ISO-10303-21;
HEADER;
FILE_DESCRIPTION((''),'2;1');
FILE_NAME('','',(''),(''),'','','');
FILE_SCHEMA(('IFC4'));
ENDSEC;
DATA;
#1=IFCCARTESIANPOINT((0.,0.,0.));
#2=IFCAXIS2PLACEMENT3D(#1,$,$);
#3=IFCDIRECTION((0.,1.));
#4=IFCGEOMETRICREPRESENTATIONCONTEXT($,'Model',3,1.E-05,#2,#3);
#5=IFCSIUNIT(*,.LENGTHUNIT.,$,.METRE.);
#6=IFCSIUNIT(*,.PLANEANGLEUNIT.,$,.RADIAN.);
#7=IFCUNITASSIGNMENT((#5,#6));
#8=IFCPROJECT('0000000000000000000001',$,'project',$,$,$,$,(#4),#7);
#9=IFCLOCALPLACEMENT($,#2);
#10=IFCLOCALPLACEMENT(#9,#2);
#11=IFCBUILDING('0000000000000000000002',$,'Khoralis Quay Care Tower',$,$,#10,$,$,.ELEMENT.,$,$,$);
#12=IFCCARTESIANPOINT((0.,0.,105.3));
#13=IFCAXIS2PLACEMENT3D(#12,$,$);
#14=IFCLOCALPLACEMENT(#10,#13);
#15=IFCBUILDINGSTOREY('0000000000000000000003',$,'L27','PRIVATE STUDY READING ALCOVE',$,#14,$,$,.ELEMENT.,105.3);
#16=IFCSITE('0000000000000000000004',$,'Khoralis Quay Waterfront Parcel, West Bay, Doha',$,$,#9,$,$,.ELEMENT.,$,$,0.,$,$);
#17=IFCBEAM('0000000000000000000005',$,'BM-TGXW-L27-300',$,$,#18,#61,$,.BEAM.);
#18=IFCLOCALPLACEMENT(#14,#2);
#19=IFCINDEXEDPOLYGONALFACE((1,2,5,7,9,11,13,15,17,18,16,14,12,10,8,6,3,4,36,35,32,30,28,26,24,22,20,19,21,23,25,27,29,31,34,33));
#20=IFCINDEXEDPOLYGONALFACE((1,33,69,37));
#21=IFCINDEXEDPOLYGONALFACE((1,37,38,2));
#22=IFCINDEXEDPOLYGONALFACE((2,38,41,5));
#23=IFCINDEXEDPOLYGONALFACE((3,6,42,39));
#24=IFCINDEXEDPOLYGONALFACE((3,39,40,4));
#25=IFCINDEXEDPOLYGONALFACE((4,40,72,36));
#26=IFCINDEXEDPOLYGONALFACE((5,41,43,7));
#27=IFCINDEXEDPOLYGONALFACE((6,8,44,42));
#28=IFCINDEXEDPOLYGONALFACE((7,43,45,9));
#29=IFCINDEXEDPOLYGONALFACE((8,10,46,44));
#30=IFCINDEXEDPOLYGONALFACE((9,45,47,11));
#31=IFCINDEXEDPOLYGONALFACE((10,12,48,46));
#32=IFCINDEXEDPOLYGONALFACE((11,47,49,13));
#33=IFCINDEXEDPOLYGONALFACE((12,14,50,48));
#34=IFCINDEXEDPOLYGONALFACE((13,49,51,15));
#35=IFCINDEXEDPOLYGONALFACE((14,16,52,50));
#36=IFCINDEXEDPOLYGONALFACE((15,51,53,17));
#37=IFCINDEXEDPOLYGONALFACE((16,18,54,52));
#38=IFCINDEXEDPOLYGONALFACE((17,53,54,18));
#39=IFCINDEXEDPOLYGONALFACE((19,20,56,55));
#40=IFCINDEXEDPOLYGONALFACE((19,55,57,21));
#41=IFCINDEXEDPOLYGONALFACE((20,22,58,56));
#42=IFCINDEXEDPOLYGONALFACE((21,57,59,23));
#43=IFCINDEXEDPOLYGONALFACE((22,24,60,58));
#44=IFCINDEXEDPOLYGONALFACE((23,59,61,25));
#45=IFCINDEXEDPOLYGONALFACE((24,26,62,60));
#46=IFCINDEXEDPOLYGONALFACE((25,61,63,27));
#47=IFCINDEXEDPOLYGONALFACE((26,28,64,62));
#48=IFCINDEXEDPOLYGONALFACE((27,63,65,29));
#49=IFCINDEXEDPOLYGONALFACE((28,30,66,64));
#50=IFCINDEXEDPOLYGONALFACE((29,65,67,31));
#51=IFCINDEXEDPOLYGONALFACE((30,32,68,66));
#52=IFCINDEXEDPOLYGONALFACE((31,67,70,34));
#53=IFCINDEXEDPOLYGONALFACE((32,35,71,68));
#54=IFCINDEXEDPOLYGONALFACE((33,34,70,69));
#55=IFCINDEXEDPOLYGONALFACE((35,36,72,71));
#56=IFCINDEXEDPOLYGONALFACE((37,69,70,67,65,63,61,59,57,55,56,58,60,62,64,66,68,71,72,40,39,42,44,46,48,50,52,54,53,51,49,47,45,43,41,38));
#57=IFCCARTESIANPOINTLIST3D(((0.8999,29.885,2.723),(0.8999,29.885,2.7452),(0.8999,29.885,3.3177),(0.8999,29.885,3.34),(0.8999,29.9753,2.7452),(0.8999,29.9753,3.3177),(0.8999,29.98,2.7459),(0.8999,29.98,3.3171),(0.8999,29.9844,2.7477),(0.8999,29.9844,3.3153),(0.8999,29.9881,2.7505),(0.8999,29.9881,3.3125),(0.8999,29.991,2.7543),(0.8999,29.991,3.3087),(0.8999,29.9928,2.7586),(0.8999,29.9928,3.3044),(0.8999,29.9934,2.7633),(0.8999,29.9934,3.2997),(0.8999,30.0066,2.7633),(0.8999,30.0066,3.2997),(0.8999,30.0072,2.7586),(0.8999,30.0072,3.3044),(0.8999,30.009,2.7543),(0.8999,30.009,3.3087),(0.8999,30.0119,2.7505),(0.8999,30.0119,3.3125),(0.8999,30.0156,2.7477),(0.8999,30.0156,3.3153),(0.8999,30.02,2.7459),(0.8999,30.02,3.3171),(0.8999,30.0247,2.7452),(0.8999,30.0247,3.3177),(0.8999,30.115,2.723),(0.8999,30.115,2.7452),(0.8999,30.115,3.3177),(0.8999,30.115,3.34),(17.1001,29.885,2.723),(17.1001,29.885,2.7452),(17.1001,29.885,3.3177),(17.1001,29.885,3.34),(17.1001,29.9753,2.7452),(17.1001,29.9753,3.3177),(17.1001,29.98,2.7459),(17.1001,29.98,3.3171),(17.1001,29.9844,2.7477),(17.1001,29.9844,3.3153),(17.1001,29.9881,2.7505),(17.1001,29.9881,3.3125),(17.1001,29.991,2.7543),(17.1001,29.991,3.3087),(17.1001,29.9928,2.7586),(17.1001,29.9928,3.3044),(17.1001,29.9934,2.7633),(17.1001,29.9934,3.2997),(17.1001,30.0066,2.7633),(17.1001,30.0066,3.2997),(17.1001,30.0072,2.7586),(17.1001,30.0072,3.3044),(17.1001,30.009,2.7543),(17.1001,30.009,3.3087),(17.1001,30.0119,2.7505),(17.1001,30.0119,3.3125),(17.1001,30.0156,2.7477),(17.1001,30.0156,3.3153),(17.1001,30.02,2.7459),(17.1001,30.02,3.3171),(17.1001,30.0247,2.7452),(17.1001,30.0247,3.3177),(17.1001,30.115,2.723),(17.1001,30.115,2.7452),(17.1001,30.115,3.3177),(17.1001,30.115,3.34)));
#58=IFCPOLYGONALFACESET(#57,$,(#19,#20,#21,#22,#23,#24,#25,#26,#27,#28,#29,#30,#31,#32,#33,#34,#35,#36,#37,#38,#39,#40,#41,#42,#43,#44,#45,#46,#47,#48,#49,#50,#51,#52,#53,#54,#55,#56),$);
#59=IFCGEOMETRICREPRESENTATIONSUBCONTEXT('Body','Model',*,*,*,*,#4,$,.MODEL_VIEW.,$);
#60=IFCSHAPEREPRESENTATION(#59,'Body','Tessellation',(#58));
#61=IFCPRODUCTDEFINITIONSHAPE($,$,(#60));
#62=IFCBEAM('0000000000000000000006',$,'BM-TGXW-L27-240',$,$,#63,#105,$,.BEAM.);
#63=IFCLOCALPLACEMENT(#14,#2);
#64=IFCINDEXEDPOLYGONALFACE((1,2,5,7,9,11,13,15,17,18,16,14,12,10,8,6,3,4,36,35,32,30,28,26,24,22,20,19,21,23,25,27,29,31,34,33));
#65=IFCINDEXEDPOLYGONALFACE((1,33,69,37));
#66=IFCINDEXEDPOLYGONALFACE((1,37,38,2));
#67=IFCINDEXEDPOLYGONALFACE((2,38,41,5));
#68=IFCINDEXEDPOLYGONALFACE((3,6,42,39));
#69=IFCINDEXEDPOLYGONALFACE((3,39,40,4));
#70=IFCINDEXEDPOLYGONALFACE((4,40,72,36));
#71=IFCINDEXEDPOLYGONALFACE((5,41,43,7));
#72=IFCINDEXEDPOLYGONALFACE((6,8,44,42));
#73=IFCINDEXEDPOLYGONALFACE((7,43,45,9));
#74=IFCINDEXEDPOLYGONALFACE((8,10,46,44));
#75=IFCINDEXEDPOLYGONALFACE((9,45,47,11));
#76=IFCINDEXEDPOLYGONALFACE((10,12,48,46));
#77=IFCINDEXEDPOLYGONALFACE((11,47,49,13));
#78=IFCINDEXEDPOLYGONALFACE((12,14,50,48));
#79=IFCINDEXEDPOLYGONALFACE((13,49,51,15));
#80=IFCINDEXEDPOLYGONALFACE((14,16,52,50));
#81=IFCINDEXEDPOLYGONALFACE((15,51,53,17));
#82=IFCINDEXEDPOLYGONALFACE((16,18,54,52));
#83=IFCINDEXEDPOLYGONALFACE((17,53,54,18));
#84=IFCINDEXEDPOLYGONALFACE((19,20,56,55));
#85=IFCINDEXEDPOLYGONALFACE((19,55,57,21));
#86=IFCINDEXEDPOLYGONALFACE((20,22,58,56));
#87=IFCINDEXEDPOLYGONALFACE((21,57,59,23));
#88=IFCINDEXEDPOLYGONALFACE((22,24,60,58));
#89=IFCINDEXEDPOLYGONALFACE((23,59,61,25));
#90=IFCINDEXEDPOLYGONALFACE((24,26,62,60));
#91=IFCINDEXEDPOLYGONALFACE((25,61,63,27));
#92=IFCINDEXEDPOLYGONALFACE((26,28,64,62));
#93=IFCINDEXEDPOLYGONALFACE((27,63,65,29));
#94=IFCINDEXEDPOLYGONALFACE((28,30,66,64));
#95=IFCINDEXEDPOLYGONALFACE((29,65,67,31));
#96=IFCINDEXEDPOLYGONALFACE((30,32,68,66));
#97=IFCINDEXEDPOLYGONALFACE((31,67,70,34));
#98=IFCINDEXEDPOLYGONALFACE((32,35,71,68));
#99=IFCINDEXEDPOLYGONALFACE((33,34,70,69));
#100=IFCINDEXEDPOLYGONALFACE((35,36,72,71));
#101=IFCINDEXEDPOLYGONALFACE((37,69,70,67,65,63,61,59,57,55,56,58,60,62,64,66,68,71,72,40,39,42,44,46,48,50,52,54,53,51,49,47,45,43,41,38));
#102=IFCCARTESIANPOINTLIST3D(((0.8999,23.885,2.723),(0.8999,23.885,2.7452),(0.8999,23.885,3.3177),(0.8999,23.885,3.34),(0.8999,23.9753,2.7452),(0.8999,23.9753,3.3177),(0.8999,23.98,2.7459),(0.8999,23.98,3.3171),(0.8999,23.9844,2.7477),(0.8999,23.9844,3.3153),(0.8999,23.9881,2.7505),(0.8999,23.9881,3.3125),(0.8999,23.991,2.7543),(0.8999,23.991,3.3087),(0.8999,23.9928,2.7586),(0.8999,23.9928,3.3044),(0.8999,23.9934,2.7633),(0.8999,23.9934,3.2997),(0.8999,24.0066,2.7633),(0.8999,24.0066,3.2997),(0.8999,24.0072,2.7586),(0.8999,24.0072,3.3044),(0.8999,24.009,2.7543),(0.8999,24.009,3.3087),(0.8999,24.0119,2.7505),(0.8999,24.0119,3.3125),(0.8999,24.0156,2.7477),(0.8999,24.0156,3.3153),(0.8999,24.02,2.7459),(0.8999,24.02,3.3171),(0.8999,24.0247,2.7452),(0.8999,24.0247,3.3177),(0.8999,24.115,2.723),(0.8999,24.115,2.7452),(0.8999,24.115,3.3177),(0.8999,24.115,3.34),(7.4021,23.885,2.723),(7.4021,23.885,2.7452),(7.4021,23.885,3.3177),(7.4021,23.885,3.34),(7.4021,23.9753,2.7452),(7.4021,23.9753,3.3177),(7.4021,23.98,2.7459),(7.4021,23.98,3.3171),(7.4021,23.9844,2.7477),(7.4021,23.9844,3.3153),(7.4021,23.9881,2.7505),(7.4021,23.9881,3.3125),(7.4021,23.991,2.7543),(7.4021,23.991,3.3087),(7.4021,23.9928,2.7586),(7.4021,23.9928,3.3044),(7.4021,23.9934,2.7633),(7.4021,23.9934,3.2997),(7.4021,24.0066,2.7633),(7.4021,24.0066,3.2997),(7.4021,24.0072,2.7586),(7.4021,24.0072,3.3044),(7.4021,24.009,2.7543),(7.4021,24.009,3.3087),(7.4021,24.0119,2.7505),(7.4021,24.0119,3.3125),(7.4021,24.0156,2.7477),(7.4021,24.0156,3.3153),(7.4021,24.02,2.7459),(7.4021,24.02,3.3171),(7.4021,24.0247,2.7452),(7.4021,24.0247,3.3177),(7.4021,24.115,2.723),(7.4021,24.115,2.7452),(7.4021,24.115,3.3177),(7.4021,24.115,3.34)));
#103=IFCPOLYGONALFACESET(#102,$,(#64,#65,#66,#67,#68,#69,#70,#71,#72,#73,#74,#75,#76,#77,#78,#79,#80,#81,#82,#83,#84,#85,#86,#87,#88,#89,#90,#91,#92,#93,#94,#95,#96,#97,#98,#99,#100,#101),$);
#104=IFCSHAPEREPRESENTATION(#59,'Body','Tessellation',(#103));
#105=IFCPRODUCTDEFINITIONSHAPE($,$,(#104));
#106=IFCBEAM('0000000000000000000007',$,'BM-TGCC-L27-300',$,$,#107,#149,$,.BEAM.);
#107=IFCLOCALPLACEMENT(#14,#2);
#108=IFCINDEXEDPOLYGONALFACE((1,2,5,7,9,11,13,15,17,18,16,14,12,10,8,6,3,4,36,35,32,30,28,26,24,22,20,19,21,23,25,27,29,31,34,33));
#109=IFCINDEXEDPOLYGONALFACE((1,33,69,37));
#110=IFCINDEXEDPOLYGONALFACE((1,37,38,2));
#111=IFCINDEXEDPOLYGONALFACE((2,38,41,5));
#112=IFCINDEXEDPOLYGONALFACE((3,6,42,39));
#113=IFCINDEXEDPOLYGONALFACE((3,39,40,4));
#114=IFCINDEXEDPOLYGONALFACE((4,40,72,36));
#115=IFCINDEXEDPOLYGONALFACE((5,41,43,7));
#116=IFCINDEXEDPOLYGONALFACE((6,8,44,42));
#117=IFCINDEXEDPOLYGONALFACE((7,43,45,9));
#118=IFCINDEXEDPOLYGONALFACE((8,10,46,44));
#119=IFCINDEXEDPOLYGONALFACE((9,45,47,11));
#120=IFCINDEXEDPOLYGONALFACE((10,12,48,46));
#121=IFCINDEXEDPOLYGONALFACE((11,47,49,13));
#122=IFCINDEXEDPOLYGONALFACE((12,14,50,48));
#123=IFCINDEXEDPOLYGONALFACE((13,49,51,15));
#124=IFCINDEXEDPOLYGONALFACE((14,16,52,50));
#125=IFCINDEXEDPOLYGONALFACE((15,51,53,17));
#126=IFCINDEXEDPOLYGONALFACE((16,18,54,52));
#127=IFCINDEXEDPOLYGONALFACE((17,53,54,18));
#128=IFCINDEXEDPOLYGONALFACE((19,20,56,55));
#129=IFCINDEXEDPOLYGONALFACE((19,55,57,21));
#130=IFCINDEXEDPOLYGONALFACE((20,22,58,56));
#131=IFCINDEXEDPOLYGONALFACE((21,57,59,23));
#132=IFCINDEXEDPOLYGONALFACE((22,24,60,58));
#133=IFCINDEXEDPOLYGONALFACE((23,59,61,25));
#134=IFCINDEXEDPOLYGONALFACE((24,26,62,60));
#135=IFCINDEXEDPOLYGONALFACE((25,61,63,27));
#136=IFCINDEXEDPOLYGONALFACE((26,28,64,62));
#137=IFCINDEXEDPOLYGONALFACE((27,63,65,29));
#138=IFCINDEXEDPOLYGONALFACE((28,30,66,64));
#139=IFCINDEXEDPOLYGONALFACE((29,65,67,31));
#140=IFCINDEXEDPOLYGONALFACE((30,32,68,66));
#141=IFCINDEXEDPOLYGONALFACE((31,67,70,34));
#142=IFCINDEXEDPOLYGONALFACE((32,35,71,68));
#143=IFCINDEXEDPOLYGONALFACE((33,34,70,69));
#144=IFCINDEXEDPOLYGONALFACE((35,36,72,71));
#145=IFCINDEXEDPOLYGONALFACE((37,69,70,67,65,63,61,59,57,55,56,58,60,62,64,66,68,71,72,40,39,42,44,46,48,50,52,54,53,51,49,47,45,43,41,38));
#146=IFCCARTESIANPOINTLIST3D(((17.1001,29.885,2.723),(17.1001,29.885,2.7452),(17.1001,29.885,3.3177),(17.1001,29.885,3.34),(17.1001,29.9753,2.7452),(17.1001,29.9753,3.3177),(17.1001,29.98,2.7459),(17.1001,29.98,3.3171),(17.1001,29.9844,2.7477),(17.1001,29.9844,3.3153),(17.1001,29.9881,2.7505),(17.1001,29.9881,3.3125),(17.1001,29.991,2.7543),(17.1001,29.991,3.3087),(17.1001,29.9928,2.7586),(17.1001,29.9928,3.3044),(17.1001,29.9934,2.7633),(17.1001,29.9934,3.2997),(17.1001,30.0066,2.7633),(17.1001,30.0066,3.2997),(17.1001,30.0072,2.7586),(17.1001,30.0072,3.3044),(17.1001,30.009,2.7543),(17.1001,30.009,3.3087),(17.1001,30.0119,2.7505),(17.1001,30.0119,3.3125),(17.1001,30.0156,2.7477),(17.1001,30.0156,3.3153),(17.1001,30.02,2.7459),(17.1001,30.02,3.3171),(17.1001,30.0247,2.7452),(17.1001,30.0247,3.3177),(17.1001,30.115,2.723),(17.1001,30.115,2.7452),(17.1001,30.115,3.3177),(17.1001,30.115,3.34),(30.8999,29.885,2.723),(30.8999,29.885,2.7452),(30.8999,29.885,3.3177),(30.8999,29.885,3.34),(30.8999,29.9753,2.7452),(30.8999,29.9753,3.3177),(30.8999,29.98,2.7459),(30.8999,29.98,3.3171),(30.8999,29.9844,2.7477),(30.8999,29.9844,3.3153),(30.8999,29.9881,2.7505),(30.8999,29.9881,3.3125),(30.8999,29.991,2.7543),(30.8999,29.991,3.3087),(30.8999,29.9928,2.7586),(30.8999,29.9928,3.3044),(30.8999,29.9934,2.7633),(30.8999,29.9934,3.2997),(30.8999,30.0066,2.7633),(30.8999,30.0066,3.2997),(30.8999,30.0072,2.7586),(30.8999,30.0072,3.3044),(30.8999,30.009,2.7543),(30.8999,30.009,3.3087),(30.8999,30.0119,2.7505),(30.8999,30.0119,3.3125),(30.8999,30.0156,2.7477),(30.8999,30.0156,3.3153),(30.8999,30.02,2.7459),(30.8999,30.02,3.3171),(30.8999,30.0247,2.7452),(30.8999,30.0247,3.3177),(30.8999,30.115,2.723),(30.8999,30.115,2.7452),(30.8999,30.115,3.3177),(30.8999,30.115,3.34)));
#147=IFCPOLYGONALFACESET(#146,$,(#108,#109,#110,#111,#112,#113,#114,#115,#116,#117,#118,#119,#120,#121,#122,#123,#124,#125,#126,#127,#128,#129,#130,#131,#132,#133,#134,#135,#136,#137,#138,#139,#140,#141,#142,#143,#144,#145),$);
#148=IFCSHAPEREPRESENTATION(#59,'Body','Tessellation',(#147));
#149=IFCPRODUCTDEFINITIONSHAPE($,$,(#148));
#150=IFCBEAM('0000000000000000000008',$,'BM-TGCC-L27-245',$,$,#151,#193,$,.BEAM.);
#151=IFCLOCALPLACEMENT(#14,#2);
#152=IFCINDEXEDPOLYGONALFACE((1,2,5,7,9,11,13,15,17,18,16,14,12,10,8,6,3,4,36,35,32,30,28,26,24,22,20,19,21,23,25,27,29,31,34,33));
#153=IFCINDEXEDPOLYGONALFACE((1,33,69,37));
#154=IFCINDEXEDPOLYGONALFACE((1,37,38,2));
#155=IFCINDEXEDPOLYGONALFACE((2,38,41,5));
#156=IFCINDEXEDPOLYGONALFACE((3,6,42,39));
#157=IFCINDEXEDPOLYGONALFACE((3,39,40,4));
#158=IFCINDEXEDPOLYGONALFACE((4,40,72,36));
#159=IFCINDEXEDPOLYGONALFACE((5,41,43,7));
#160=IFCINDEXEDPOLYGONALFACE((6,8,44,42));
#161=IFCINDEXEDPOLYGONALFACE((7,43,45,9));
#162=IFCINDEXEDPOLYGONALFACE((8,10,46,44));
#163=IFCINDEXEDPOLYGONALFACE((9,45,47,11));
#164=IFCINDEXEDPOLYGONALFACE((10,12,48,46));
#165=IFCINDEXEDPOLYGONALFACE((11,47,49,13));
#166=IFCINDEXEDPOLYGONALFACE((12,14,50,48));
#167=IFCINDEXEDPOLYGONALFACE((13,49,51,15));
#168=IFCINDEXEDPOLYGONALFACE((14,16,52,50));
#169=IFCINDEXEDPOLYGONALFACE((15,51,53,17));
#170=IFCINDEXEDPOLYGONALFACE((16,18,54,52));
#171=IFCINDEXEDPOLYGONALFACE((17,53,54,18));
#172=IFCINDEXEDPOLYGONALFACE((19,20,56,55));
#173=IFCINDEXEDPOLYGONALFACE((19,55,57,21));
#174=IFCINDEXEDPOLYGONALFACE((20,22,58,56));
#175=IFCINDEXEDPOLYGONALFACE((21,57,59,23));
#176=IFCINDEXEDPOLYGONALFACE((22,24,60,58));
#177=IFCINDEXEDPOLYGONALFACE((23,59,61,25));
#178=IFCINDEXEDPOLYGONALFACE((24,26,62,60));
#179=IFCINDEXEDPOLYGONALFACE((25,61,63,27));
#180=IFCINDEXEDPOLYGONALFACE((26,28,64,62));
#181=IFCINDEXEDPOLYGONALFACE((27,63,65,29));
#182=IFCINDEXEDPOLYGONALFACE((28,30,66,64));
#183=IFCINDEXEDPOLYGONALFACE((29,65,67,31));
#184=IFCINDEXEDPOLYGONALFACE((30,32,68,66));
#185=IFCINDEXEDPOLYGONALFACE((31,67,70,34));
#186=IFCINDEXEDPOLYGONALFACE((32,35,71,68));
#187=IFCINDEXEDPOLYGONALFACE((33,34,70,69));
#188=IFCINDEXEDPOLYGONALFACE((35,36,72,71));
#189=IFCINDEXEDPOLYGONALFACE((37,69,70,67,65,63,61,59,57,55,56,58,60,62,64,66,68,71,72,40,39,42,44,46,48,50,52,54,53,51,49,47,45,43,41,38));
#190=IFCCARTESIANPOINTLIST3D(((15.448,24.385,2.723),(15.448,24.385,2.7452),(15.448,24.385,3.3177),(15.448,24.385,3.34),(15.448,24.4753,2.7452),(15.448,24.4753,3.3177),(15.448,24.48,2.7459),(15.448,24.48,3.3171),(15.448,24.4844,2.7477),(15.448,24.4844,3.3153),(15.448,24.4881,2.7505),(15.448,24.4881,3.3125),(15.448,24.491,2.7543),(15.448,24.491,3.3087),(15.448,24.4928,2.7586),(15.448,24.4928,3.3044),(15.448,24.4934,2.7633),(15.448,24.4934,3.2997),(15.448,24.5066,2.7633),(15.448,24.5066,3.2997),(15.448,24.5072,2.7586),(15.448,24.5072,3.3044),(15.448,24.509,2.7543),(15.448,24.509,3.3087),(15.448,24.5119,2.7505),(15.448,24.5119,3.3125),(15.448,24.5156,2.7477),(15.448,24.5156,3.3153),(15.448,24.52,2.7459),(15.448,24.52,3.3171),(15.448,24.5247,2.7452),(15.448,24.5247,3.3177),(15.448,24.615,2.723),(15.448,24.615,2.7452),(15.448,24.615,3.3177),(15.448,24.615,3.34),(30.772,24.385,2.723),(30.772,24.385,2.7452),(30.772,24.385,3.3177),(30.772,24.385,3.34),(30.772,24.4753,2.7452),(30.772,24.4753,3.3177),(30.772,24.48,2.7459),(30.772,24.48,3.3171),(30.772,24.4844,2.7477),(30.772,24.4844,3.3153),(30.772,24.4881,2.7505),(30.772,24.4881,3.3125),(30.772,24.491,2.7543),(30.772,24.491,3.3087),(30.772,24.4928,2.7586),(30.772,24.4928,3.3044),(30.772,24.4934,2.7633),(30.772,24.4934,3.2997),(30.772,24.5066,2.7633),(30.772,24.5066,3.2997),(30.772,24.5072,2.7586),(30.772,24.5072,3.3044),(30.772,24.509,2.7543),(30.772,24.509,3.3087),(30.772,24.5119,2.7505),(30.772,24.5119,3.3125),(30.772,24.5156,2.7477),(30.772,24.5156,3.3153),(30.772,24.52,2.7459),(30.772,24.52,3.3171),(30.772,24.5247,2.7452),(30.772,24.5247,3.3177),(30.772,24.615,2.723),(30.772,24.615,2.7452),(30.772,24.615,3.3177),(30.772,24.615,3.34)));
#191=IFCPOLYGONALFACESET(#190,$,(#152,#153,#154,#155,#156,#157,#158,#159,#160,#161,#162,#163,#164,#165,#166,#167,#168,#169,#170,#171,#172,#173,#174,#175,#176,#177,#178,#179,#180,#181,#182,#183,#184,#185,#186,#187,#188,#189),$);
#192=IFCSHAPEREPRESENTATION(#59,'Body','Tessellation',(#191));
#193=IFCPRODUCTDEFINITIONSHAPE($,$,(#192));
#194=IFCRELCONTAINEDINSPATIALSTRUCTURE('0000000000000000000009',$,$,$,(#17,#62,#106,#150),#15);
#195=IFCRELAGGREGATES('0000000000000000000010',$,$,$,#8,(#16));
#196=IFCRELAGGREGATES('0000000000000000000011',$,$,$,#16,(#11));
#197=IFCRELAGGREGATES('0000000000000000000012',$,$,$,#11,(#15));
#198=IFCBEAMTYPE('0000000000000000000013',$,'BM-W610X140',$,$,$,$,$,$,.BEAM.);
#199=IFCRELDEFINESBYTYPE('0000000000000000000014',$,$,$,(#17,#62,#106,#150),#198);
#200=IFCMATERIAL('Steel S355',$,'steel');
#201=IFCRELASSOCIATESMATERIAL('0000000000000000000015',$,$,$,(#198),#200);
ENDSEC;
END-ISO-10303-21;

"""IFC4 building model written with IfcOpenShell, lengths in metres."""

from ifc_helpers import new_model, si_unit, direction, frame, origin, origin_2d, place, context, subcontext, project, spatial, i_section, extrude, source, transform, mapped, material, material_profile, profile_set, type_object, element, save


model = new_model("IFC4")

# Units and contexts
model_context = context("Model", 3, precision=1e-05, world=origin(), true_north=direction((0.0, 1.0)))
body_context = subcontext(model_context, "Body", "Model", "MODEL_VIEW")
ifc_project = project(units=[si_unit("LENGTHUNIT", "METRE"), si_unit("PLANEANGLEUNIT", "RADIAN")], contexts=[model_context])

# Site, building, storey
site_placement = place(None, origin())
site = spatial("IfcSite", under=ifc_project, at=site_placement, Name="Khoralis Quay Waterfront Parcel, West Bay, Doha", CompositionType="ELEMENT", RefElevation=0.0)
building_placement = place(site_placement, origin())
building = spatial("IfcBuilding", under=site, at=building_placement, Name="Khoralis Quay Care Tower", CompositionType="ELEMENT")
storey_placement = place(building_placement, frame((0.0, 0.0, 105.3)))
storey = spatial("IfcBuildingStorey", under=building, at=storey_placement, Name="L27", Description="PRIVATE STUDY READING ALCOVE", CompositionType="ELEMENT", Elevation=105.3)

# Beams
ifc_material_1 = material(Name="Steel S355", Category="steel")
ifc_material_profile_1 = material_profile(ifc_material_1, i_section(OverallWidth=0.23, OverallDepth=0.6169, WebThickness=0.0132, FlangeThickness=0.0222, FilletRadius=0.0181, at=origin_2d()), Name="Steel S355")
ifc_profile_set_1 = profile_set([ifc_material_profile_1], Name="Steel S355")
beam_type_1 = type_object("IfcBeamType", Name="BM-W610X140", PredefinedType="BEAM", material=ifc_profile_set_1)
shared_shape_1 = source(origin(), body_context, "Body", "SweptSolid", [
    extrude(i_section(OverallWidth=0.23, OverallDepth=0.6169, WebThickness=0.0132, FlangeThickness=0.0222, FilletRadius=0.0181, at=origin_2d()), origin(), (0.0, 0.0, 1.0), 16.2002),
])
beam_1_placement = place(storey_placement, frame((0.8999, 30.0, 3.0315), z_axis=(1.0, 0.0, 0.0), x_axis=(0.0, 1.0, 0.0)))
element("IfcBeam", 1, at=beam_1_placement, inside=storey, type_object=beam_type_1, Name="BM-TGXW-L27-300", PredefinedType="BEAM", context=body_context, shape_type="MappedRepresentation", body=[
    mapped(shared_shape_1, transform((0.0, 0.0, 0.0), scale=1.0)),
])
shared_shape_2 = source(origin(), body_context, "Body", "SweptSolid", [
    extrude(i_section(OverallWidth=0.23, OverallDepth=0.6169, WebThickness=0.0132, FlangeThickness=0.0222, FilletRadius=0.0181, at=origin_2d()), origin(), (0.0, 0.0, 1.0), 6.5022),
])
beam_2_placement = place(storey_placement, frame((0.8999, 24.0, 3.0315), z_axis=(1.0, 0.0, 0.0), x_axis=(0.0, 1.0, 0.0)))
element("IfcBeam", 2, at=beam_2_placement, inside=storey, type_object=beam_type_1, Name="BM-TGXW-L27-240", PredefinedType="BEAM", context=body_context, shape_type="MappedRepresentation", body=[
    mapped(shared_shape_2, transform((0.0, 0.0, 0.0), scale=1.0)),
])
shared_shape_3 = source(origin(), body_context, "Body", "SweptSolid", [
    extrude(i_section(OverallWidth=0.23, OverallDepth=0.6169, WebThickness=0.0132, FlangeThickness=0.0222, FilletRadius=0.0181, at=origin_2d()), origin(), (0.0, 0.0, 1.0), 13.7998),
])
beam_3_placement = place(storey_placement, frame((17.1001, 30.0, 3.0315), z_axis=(1.0, 0.0, 0.0), x_axis=(0.0, 1.0, 0.0)))
element("IfcBeam", 3, at=beam_3_placement, inside=storey, type_object=beam_type_1, Name="BM-TGCC-L27-300", PredefinedType="BEAM", context=body_context, shape_type="MappedRepresentation", body=[
    mapped(shared_shape_3, transform((0.0, 0.0, 0.0), scale=1.0)),
])
shared_shape_4 = source(origin(), body_context, "Body", "SweptSolid", [
    extrude(i_section(OverallWidth=0.23, OverallDepth=0.6169, WebThickness=0.0132, FlangeThickness=0.0222, FilletRadius=0.0181, at=origin_2d()), origin(), (0.0, 0.0, 1.0), 15.324),
])
beam_4_placement = place(storey_placement, frame((15.448, 24.5, 3.0315), z_axis=(1.0, 0.0, 0.0), x_axis=(0.0, 1.0, 0.0)))
element("IfcBeam", 4, at=beam_4_placement, inside=storey, type_object=beam_type_1, Name="BM-TGCC-L27-245", PredefinedType="BEAM", context=body_context, shape_type="MappedRepresentation", body=[
    mapped(shared_shape_4, transform((0.0, 0.0, 0.0), scale=1.0)),
])

save(model, "model.ifc")
